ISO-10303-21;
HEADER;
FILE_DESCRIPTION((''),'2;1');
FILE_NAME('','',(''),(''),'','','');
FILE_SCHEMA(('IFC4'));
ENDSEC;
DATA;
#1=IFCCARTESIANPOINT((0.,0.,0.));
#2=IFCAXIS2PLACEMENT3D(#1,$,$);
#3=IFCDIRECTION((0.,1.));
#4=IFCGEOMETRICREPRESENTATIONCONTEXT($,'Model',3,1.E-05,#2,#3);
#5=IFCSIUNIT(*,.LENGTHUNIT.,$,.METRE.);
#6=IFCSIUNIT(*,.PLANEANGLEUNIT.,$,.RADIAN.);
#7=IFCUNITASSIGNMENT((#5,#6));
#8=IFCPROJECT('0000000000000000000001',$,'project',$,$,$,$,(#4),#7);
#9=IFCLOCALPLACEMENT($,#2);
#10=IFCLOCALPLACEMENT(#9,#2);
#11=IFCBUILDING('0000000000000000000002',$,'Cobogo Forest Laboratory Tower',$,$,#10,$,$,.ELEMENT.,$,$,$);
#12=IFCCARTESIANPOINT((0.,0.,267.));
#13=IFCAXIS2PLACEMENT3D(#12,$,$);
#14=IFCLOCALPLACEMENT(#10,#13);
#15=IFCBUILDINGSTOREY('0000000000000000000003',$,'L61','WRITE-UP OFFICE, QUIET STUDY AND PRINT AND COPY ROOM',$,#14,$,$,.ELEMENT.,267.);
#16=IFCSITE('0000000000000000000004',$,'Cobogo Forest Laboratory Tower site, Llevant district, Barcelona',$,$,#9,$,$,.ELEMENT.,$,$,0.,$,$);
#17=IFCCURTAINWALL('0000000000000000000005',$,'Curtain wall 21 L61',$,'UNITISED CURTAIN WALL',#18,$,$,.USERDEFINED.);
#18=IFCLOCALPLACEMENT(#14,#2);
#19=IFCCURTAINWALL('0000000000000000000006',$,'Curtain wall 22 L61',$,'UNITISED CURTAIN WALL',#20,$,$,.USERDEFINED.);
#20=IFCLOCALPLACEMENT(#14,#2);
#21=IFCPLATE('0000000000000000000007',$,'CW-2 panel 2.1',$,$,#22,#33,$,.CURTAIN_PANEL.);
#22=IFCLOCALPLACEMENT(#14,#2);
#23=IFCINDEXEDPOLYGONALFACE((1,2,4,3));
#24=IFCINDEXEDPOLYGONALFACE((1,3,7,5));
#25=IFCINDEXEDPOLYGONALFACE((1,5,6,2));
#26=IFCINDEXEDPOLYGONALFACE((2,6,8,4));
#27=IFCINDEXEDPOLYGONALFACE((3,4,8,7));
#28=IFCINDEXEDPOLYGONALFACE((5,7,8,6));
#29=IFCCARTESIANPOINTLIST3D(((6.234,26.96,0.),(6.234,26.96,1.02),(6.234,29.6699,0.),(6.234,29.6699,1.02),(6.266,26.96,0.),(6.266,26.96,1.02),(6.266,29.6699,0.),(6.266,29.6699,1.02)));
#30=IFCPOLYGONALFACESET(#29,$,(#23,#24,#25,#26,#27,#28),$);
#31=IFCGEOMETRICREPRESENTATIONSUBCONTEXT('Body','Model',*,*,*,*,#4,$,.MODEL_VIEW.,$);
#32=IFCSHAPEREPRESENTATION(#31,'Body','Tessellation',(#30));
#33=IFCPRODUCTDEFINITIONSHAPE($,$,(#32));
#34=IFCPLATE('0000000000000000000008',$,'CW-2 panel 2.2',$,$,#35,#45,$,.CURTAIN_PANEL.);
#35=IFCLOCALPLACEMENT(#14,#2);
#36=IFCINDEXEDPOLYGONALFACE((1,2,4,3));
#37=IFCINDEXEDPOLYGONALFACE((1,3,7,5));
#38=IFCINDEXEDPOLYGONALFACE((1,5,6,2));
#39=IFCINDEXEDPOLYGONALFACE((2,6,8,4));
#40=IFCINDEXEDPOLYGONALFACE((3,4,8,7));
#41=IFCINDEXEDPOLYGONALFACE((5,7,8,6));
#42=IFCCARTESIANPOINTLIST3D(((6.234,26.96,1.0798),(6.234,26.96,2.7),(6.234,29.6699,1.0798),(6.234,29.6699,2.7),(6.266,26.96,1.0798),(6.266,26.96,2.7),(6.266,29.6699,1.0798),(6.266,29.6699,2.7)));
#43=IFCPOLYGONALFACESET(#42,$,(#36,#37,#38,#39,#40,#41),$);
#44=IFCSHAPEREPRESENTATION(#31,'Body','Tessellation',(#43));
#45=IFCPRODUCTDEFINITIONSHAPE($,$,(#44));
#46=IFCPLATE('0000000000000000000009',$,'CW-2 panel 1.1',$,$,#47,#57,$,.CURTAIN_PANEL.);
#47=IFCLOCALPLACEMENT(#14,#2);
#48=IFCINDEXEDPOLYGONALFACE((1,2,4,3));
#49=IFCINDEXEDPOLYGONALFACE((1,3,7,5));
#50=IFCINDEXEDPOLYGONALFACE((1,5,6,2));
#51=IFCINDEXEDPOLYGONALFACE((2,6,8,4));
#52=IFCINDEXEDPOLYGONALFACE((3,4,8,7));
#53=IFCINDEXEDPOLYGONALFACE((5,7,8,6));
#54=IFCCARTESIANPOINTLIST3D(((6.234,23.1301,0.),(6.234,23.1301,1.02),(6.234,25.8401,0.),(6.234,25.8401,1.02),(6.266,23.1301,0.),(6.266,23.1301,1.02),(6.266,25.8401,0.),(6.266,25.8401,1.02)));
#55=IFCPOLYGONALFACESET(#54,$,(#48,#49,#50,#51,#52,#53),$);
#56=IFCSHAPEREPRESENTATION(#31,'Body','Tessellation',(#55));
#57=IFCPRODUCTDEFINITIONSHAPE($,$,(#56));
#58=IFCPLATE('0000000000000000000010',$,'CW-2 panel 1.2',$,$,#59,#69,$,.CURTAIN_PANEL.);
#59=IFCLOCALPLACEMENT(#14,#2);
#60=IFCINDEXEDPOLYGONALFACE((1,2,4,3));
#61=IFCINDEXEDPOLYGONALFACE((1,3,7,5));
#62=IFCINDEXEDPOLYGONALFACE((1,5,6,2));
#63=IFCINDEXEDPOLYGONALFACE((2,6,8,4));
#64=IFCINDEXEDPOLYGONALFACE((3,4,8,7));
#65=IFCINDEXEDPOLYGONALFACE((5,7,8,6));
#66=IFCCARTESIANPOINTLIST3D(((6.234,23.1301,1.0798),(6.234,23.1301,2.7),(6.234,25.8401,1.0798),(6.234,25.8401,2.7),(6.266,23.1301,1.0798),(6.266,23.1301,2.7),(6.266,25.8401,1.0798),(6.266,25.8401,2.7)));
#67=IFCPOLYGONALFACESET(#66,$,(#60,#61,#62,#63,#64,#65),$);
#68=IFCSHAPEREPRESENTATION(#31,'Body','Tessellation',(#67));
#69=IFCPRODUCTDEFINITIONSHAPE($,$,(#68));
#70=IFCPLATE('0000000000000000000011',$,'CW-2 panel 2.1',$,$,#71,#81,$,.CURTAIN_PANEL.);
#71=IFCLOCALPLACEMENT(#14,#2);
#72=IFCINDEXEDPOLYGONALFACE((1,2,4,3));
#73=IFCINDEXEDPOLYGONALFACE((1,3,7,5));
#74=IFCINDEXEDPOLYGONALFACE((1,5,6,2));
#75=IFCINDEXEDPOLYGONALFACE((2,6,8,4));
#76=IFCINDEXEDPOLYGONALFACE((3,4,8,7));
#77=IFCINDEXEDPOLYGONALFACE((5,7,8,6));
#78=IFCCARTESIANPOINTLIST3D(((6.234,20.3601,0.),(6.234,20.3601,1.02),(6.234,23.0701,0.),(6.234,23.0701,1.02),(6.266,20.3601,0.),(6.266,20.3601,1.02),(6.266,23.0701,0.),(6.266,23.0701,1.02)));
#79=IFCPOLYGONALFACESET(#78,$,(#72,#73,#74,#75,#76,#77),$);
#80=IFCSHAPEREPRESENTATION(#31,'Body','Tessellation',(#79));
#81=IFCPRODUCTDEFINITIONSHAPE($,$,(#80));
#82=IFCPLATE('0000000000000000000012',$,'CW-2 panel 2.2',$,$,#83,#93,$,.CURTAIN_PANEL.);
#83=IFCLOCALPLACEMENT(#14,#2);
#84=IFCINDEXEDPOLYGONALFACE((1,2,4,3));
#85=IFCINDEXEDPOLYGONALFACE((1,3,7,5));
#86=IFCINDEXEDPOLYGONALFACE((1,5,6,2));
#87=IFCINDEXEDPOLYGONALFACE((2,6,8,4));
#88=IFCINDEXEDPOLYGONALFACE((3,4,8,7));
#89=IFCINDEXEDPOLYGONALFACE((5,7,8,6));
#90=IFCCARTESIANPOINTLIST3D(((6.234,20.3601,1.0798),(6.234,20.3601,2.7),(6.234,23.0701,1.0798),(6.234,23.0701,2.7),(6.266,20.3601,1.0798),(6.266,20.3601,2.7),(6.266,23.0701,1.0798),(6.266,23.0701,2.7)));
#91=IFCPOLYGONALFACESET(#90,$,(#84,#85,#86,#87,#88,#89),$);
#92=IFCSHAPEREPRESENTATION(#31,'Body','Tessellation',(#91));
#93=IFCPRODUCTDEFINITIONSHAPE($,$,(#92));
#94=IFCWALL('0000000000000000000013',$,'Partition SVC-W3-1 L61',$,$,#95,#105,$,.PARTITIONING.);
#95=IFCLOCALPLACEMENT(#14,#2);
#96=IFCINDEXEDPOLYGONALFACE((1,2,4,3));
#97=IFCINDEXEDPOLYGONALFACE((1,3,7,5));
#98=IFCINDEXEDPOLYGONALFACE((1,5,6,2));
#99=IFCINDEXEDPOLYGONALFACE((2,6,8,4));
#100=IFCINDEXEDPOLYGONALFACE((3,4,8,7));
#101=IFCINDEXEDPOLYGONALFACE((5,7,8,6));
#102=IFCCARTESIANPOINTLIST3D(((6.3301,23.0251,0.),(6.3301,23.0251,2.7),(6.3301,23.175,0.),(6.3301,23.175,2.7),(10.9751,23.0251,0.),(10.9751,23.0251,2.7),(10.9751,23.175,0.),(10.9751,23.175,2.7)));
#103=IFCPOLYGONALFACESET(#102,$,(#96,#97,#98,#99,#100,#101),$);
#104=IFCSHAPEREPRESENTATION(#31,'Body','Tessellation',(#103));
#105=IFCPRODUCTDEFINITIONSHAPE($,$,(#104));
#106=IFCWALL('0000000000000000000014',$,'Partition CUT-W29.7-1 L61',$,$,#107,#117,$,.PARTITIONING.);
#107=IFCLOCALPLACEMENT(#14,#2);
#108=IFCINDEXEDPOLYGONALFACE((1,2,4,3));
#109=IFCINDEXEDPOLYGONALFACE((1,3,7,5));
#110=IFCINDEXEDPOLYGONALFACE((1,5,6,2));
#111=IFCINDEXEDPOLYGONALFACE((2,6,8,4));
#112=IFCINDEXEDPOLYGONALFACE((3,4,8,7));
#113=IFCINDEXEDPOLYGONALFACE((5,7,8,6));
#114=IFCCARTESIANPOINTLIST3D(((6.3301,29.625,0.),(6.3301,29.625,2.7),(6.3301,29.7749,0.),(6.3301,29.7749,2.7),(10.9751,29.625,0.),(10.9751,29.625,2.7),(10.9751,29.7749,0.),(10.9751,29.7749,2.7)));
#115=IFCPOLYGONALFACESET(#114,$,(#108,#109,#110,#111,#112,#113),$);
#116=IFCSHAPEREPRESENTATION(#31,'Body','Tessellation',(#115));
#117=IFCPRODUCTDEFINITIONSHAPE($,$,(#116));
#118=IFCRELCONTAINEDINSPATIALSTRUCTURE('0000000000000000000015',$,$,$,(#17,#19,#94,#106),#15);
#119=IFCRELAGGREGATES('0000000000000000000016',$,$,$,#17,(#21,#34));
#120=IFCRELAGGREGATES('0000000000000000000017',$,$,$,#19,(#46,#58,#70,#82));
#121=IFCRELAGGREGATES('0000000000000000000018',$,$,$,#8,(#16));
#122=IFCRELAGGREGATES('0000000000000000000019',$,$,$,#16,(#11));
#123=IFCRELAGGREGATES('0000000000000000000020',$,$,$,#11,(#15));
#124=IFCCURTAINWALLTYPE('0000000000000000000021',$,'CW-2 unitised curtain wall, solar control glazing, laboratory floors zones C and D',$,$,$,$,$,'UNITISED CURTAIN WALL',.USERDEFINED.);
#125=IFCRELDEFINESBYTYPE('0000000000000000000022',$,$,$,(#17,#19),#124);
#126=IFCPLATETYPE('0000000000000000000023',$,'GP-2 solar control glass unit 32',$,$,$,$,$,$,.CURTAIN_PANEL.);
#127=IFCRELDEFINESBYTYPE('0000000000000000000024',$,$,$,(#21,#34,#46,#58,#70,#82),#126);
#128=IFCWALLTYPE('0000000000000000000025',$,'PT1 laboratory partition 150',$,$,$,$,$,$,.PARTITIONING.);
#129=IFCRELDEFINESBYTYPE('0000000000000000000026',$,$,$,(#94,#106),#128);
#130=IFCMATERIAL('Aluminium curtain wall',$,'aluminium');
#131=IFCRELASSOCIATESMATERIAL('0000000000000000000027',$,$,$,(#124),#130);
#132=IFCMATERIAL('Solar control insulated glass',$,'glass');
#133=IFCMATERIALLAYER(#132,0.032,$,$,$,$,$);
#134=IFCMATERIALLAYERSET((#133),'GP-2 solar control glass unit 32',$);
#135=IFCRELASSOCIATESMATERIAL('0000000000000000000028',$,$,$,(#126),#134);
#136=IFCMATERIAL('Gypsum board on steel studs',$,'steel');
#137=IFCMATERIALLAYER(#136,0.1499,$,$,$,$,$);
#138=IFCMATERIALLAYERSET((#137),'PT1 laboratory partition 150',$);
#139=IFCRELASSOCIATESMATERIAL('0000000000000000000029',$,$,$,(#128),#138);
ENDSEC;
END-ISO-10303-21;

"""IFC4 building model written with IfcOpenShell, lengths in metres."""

from ifc_helpers import new_model, si_unit, direction, frame, frame_2d, origin, origin_2d, place, context, subcontext, project, spatial, rectangle, extrude, material, layer, layer_set, type_object, element, aggregate, save


model = new_model("IFC4")

# Units and contexts
model_context = context("Model", 3, precision=1e-05, world=origin(), true_north=direction((0.0, 1.0)))
body_context = subcontext(model_context, "Body", "Model", "MODEL_VIEW")
ifc_project = project(units=[si_unit("LENGTHUNIT", "METRE"), si_unit("PLANEANGLEUNIT", "RADIAN")], contexts=[model_context])

# Site, building, storey
site_placement = place(None, origin())
site = spatial("IfcSite", under=ifc_project, at=site_placement, Name="Cobogo Forest Laboratory Tower site, Llevant district, Barcelona", CompositionType="ELEMENT", RefElevation=0.0)
building_placement = place(site_placement, origin())
building = spatial("IfcBuilding", under=site, at=building_placement, Name="Cobogo Forest Laboratory Tower", CompositionType="ELEMENT")
storey_placement = place(building_placement, frame((0.0, 0.0, 267.0)))
storey = spatial("IfcBuildingStorey", under=building, at=storey_placement, Name="L61", Description="WRITE-UP OFFICE, QUIET STUDY AND PRINT AND COPY ROOM", CompositionType="ELEMENT", Elevation=267.0)

# Curtain walls
ifc_material_1 = material(Name="Aluminium curtain wall", Category="aluminium")
curtain_wall_type = type_object("IfcCurtainWallType", Name="CW-2 unitised curtain wall, solar control glazing, laboratory floors zones C and D", ElementType="UNITISED CURTAIN WALL", PredefinedType="USERDEFINED", material=ifc_material_1)
curtain_wall_1_placement = place(storey_placement, origin())
curtain_wall_1 = element("IfcCurtainWall", 1, at=curtain_wall_1_placement, inside=storey, type_object=curtain_wall_type, Name="Curtain wall 21 L61", ObjectType="UNITISED CURTAIN WALL", PredefinedType="USERDEFINED")
curtain_wall_2_placement = place(storey_placement, origin())
curtain_wall_2 = element("IfcCurtainWall", 2, at=curtain_wall_2_placement, inside=storey, type_object=curtain_wall_type, Name="Curtain wall 22 L61", ObjectType="UNITISED CURTAIN WALL", PredefinedType="USERDEFINED")

# Plates
ifc_material_2 = material(Name="Solar control insulated glass", Category="glass")
ifc_layer_1 = layer(ifc_material_2, 0.032)
ifc_layer_set_1 = layer_set([ifc_layer_1], Name="GP-2 solar control glass unit 32")
plate_type_1 = type_object("IfcPlateType", Name="GP-2 solar control glass unit 32", PredefinedType="CURTAIN_PANEL", material=ifc_layer_set_1)
plate_1_placement = place(storey_placement, frame((6.25, 28.3149, 0.0), z_axis=(0.0, 0.0, 1.0), x_axis=(0.0, -1.0, 0.0)))
plate_1 = element("IfcPlate", 3, at=plate_1_placement, type_object=plate_type_1, Name="CW-2 panel 2.1", PredefinedType="CURTAIN_PANEL", context=body_context, shape_type="SweptSolid", body=[
    extrude(rectangle(XDim=2.71, YDim=0.032, at=origin_2d()), origin(), (0.0, 0.0, 1.0), 1.02),
])
plate_2_placement = place(storey_placement, frame((6.25, 28.3149, 1.0798), z_axis=(0.0, 0.0, 1.0), x_axis=(0.0, -1.0, 0.0)))
plate_2 = element("IfcPlate", 4, at=plate_2_placement, type_object=plate_type_1, Name="CW-2 panel 2.2", PredefinedType="CURTAIN_PANEL", context=body_context, shape_type="SweptSolid", body=[
    extrude(rectangle(XDim=2.71, YDim=0.032, at=origin_2d()), origin(), (0.0, 0.0, 1.0), 1.6201),
])
aggregate(curtain_wall_1, [plate_1, plate_2])
plate_3_placement = place(storey_placement, frame((6.25, 24.4851, 0.0), z_axis=(0.0, 0.0, 1.0), x_axis=(0.0, -1.0, 0.0)))
plate_3 = element("IfcPlate", 5, at=plate_3_placement, type_object=plate_type_1, Name="CW-2 panel 1.1", PredefinedType="CURTAIN_PANEL", context=body_context, shape_type="SweptSolid", body=[
    extrude(rectangle(XDim=2.71, YDim=0.032, at=origin_2d()), origin(), (0.0, 0.0, 1.0), 1.02),
])
plate_4_placement = place(storey_placement, frame((6.25, 24.4851, 1.0798), z_axis=(0.0, 0.0, 1.0), x_axis=(0.0, -1.0, 0.0)))
plate_4 = element("IfcPlate", 6, at=plate_4_placement, type_object=plate_type_1, Name="CW-2 panel 1.2", PredefinedType="CURTAIN_PANEL", context=body_context, shape_type="SweptSolid", body=[
    extrude(rectangle(XDim=2.71, YDim=0.032, at=origin_2d()), origin(), (0.0, 0.0, 1.0), 1.6201),
])
plate_5_placement = place(storey_placement, frame((6.25, 21.7151, 0.0), z_axis=(0.0, 0.0, 1.0), x_axis=(0.0, -1.0, 0.0)))
plate_5 = element("IfcPlate", 7, at=plate_5_placement, type_object=plate_type_1, Name="CW-2 panel 2.1", PredefinedType="CURTAIN_PANEL", context=body_context, shape_type="SweptSolid", body=[
    extrude(rectangle(XDim=2.71, YDim=0.032, at=origin_2d()), origin(), (0.0, 0.0, 1.0), 1.02),
])
plate_6_placement = place(storey_placement, frame((6.25, 21.7151, 1.0798), z_axis=(0.0, 0.0, 1.0), x_axis=(0.0, -1.0, 0.0)))
plate_6 = element("IfcPlate", 8, at=plate_6_placement, type_object=plate_type_1, Name="CW-2 panel 2.2", PredefinedType="CURTAIN_PANEL", context=body_context, shape_type="SweptSolid", body=[
    extrude(rectangle(XDim=2.71, YDim=0.032, at=origin_2d()), origin(), (0.0, 0.0, 1.0), 1.6201),
])
aggregate(curtain_wall_2, [plate_3, plate_4, plate_5, plate_6])

# Walls
ifc_material_3 = material(Name="Gypsum board on steel studs", Category="steel")
ifc_layer_2 = layer(ifc_material_3, 0.1499)
ifc_layer_set_2 = layer_set([ifc_layer_2], Name="PT1 laboratory partition 150")
wall_type = type_object("IfcWallType", Name="PT1 laboratory partition 150", PredefinedType="PARTITIONING", material=ifc_layer_set_2)
for number, where, z_axis, x_axis, name in (
    (9, (6.3301, 23.1001, 0.0), (0.0, 0.0, 1.0), (1.0, 0.0, 0.0), "Partition SVC-W3-1 L61"),
    (10, (6.3301, 29.7, 0.0), (0.0, 0.0, 1.0), (1.0, 0.0, 0.0), "Partition CUT-W29.7-1 L61"),
):
    element("IfcWall", number, at=place(storey_placement, frame(where, z_axis=z_axis, x_axis=x_axis)), inside=storey, type_object=wall_type, Name=name, PredefinedType="PARTITIONING", context=body_context, shape_type="SweptSolid", body=[
        extrude(rectangle(XDim=4.645, YDim=0.1499, at=frame_2d((2.3225, 0.0))), origin(), (0.0, 0.0, 1.0), 2.7),
    ])

save(model, "model.ifc")
